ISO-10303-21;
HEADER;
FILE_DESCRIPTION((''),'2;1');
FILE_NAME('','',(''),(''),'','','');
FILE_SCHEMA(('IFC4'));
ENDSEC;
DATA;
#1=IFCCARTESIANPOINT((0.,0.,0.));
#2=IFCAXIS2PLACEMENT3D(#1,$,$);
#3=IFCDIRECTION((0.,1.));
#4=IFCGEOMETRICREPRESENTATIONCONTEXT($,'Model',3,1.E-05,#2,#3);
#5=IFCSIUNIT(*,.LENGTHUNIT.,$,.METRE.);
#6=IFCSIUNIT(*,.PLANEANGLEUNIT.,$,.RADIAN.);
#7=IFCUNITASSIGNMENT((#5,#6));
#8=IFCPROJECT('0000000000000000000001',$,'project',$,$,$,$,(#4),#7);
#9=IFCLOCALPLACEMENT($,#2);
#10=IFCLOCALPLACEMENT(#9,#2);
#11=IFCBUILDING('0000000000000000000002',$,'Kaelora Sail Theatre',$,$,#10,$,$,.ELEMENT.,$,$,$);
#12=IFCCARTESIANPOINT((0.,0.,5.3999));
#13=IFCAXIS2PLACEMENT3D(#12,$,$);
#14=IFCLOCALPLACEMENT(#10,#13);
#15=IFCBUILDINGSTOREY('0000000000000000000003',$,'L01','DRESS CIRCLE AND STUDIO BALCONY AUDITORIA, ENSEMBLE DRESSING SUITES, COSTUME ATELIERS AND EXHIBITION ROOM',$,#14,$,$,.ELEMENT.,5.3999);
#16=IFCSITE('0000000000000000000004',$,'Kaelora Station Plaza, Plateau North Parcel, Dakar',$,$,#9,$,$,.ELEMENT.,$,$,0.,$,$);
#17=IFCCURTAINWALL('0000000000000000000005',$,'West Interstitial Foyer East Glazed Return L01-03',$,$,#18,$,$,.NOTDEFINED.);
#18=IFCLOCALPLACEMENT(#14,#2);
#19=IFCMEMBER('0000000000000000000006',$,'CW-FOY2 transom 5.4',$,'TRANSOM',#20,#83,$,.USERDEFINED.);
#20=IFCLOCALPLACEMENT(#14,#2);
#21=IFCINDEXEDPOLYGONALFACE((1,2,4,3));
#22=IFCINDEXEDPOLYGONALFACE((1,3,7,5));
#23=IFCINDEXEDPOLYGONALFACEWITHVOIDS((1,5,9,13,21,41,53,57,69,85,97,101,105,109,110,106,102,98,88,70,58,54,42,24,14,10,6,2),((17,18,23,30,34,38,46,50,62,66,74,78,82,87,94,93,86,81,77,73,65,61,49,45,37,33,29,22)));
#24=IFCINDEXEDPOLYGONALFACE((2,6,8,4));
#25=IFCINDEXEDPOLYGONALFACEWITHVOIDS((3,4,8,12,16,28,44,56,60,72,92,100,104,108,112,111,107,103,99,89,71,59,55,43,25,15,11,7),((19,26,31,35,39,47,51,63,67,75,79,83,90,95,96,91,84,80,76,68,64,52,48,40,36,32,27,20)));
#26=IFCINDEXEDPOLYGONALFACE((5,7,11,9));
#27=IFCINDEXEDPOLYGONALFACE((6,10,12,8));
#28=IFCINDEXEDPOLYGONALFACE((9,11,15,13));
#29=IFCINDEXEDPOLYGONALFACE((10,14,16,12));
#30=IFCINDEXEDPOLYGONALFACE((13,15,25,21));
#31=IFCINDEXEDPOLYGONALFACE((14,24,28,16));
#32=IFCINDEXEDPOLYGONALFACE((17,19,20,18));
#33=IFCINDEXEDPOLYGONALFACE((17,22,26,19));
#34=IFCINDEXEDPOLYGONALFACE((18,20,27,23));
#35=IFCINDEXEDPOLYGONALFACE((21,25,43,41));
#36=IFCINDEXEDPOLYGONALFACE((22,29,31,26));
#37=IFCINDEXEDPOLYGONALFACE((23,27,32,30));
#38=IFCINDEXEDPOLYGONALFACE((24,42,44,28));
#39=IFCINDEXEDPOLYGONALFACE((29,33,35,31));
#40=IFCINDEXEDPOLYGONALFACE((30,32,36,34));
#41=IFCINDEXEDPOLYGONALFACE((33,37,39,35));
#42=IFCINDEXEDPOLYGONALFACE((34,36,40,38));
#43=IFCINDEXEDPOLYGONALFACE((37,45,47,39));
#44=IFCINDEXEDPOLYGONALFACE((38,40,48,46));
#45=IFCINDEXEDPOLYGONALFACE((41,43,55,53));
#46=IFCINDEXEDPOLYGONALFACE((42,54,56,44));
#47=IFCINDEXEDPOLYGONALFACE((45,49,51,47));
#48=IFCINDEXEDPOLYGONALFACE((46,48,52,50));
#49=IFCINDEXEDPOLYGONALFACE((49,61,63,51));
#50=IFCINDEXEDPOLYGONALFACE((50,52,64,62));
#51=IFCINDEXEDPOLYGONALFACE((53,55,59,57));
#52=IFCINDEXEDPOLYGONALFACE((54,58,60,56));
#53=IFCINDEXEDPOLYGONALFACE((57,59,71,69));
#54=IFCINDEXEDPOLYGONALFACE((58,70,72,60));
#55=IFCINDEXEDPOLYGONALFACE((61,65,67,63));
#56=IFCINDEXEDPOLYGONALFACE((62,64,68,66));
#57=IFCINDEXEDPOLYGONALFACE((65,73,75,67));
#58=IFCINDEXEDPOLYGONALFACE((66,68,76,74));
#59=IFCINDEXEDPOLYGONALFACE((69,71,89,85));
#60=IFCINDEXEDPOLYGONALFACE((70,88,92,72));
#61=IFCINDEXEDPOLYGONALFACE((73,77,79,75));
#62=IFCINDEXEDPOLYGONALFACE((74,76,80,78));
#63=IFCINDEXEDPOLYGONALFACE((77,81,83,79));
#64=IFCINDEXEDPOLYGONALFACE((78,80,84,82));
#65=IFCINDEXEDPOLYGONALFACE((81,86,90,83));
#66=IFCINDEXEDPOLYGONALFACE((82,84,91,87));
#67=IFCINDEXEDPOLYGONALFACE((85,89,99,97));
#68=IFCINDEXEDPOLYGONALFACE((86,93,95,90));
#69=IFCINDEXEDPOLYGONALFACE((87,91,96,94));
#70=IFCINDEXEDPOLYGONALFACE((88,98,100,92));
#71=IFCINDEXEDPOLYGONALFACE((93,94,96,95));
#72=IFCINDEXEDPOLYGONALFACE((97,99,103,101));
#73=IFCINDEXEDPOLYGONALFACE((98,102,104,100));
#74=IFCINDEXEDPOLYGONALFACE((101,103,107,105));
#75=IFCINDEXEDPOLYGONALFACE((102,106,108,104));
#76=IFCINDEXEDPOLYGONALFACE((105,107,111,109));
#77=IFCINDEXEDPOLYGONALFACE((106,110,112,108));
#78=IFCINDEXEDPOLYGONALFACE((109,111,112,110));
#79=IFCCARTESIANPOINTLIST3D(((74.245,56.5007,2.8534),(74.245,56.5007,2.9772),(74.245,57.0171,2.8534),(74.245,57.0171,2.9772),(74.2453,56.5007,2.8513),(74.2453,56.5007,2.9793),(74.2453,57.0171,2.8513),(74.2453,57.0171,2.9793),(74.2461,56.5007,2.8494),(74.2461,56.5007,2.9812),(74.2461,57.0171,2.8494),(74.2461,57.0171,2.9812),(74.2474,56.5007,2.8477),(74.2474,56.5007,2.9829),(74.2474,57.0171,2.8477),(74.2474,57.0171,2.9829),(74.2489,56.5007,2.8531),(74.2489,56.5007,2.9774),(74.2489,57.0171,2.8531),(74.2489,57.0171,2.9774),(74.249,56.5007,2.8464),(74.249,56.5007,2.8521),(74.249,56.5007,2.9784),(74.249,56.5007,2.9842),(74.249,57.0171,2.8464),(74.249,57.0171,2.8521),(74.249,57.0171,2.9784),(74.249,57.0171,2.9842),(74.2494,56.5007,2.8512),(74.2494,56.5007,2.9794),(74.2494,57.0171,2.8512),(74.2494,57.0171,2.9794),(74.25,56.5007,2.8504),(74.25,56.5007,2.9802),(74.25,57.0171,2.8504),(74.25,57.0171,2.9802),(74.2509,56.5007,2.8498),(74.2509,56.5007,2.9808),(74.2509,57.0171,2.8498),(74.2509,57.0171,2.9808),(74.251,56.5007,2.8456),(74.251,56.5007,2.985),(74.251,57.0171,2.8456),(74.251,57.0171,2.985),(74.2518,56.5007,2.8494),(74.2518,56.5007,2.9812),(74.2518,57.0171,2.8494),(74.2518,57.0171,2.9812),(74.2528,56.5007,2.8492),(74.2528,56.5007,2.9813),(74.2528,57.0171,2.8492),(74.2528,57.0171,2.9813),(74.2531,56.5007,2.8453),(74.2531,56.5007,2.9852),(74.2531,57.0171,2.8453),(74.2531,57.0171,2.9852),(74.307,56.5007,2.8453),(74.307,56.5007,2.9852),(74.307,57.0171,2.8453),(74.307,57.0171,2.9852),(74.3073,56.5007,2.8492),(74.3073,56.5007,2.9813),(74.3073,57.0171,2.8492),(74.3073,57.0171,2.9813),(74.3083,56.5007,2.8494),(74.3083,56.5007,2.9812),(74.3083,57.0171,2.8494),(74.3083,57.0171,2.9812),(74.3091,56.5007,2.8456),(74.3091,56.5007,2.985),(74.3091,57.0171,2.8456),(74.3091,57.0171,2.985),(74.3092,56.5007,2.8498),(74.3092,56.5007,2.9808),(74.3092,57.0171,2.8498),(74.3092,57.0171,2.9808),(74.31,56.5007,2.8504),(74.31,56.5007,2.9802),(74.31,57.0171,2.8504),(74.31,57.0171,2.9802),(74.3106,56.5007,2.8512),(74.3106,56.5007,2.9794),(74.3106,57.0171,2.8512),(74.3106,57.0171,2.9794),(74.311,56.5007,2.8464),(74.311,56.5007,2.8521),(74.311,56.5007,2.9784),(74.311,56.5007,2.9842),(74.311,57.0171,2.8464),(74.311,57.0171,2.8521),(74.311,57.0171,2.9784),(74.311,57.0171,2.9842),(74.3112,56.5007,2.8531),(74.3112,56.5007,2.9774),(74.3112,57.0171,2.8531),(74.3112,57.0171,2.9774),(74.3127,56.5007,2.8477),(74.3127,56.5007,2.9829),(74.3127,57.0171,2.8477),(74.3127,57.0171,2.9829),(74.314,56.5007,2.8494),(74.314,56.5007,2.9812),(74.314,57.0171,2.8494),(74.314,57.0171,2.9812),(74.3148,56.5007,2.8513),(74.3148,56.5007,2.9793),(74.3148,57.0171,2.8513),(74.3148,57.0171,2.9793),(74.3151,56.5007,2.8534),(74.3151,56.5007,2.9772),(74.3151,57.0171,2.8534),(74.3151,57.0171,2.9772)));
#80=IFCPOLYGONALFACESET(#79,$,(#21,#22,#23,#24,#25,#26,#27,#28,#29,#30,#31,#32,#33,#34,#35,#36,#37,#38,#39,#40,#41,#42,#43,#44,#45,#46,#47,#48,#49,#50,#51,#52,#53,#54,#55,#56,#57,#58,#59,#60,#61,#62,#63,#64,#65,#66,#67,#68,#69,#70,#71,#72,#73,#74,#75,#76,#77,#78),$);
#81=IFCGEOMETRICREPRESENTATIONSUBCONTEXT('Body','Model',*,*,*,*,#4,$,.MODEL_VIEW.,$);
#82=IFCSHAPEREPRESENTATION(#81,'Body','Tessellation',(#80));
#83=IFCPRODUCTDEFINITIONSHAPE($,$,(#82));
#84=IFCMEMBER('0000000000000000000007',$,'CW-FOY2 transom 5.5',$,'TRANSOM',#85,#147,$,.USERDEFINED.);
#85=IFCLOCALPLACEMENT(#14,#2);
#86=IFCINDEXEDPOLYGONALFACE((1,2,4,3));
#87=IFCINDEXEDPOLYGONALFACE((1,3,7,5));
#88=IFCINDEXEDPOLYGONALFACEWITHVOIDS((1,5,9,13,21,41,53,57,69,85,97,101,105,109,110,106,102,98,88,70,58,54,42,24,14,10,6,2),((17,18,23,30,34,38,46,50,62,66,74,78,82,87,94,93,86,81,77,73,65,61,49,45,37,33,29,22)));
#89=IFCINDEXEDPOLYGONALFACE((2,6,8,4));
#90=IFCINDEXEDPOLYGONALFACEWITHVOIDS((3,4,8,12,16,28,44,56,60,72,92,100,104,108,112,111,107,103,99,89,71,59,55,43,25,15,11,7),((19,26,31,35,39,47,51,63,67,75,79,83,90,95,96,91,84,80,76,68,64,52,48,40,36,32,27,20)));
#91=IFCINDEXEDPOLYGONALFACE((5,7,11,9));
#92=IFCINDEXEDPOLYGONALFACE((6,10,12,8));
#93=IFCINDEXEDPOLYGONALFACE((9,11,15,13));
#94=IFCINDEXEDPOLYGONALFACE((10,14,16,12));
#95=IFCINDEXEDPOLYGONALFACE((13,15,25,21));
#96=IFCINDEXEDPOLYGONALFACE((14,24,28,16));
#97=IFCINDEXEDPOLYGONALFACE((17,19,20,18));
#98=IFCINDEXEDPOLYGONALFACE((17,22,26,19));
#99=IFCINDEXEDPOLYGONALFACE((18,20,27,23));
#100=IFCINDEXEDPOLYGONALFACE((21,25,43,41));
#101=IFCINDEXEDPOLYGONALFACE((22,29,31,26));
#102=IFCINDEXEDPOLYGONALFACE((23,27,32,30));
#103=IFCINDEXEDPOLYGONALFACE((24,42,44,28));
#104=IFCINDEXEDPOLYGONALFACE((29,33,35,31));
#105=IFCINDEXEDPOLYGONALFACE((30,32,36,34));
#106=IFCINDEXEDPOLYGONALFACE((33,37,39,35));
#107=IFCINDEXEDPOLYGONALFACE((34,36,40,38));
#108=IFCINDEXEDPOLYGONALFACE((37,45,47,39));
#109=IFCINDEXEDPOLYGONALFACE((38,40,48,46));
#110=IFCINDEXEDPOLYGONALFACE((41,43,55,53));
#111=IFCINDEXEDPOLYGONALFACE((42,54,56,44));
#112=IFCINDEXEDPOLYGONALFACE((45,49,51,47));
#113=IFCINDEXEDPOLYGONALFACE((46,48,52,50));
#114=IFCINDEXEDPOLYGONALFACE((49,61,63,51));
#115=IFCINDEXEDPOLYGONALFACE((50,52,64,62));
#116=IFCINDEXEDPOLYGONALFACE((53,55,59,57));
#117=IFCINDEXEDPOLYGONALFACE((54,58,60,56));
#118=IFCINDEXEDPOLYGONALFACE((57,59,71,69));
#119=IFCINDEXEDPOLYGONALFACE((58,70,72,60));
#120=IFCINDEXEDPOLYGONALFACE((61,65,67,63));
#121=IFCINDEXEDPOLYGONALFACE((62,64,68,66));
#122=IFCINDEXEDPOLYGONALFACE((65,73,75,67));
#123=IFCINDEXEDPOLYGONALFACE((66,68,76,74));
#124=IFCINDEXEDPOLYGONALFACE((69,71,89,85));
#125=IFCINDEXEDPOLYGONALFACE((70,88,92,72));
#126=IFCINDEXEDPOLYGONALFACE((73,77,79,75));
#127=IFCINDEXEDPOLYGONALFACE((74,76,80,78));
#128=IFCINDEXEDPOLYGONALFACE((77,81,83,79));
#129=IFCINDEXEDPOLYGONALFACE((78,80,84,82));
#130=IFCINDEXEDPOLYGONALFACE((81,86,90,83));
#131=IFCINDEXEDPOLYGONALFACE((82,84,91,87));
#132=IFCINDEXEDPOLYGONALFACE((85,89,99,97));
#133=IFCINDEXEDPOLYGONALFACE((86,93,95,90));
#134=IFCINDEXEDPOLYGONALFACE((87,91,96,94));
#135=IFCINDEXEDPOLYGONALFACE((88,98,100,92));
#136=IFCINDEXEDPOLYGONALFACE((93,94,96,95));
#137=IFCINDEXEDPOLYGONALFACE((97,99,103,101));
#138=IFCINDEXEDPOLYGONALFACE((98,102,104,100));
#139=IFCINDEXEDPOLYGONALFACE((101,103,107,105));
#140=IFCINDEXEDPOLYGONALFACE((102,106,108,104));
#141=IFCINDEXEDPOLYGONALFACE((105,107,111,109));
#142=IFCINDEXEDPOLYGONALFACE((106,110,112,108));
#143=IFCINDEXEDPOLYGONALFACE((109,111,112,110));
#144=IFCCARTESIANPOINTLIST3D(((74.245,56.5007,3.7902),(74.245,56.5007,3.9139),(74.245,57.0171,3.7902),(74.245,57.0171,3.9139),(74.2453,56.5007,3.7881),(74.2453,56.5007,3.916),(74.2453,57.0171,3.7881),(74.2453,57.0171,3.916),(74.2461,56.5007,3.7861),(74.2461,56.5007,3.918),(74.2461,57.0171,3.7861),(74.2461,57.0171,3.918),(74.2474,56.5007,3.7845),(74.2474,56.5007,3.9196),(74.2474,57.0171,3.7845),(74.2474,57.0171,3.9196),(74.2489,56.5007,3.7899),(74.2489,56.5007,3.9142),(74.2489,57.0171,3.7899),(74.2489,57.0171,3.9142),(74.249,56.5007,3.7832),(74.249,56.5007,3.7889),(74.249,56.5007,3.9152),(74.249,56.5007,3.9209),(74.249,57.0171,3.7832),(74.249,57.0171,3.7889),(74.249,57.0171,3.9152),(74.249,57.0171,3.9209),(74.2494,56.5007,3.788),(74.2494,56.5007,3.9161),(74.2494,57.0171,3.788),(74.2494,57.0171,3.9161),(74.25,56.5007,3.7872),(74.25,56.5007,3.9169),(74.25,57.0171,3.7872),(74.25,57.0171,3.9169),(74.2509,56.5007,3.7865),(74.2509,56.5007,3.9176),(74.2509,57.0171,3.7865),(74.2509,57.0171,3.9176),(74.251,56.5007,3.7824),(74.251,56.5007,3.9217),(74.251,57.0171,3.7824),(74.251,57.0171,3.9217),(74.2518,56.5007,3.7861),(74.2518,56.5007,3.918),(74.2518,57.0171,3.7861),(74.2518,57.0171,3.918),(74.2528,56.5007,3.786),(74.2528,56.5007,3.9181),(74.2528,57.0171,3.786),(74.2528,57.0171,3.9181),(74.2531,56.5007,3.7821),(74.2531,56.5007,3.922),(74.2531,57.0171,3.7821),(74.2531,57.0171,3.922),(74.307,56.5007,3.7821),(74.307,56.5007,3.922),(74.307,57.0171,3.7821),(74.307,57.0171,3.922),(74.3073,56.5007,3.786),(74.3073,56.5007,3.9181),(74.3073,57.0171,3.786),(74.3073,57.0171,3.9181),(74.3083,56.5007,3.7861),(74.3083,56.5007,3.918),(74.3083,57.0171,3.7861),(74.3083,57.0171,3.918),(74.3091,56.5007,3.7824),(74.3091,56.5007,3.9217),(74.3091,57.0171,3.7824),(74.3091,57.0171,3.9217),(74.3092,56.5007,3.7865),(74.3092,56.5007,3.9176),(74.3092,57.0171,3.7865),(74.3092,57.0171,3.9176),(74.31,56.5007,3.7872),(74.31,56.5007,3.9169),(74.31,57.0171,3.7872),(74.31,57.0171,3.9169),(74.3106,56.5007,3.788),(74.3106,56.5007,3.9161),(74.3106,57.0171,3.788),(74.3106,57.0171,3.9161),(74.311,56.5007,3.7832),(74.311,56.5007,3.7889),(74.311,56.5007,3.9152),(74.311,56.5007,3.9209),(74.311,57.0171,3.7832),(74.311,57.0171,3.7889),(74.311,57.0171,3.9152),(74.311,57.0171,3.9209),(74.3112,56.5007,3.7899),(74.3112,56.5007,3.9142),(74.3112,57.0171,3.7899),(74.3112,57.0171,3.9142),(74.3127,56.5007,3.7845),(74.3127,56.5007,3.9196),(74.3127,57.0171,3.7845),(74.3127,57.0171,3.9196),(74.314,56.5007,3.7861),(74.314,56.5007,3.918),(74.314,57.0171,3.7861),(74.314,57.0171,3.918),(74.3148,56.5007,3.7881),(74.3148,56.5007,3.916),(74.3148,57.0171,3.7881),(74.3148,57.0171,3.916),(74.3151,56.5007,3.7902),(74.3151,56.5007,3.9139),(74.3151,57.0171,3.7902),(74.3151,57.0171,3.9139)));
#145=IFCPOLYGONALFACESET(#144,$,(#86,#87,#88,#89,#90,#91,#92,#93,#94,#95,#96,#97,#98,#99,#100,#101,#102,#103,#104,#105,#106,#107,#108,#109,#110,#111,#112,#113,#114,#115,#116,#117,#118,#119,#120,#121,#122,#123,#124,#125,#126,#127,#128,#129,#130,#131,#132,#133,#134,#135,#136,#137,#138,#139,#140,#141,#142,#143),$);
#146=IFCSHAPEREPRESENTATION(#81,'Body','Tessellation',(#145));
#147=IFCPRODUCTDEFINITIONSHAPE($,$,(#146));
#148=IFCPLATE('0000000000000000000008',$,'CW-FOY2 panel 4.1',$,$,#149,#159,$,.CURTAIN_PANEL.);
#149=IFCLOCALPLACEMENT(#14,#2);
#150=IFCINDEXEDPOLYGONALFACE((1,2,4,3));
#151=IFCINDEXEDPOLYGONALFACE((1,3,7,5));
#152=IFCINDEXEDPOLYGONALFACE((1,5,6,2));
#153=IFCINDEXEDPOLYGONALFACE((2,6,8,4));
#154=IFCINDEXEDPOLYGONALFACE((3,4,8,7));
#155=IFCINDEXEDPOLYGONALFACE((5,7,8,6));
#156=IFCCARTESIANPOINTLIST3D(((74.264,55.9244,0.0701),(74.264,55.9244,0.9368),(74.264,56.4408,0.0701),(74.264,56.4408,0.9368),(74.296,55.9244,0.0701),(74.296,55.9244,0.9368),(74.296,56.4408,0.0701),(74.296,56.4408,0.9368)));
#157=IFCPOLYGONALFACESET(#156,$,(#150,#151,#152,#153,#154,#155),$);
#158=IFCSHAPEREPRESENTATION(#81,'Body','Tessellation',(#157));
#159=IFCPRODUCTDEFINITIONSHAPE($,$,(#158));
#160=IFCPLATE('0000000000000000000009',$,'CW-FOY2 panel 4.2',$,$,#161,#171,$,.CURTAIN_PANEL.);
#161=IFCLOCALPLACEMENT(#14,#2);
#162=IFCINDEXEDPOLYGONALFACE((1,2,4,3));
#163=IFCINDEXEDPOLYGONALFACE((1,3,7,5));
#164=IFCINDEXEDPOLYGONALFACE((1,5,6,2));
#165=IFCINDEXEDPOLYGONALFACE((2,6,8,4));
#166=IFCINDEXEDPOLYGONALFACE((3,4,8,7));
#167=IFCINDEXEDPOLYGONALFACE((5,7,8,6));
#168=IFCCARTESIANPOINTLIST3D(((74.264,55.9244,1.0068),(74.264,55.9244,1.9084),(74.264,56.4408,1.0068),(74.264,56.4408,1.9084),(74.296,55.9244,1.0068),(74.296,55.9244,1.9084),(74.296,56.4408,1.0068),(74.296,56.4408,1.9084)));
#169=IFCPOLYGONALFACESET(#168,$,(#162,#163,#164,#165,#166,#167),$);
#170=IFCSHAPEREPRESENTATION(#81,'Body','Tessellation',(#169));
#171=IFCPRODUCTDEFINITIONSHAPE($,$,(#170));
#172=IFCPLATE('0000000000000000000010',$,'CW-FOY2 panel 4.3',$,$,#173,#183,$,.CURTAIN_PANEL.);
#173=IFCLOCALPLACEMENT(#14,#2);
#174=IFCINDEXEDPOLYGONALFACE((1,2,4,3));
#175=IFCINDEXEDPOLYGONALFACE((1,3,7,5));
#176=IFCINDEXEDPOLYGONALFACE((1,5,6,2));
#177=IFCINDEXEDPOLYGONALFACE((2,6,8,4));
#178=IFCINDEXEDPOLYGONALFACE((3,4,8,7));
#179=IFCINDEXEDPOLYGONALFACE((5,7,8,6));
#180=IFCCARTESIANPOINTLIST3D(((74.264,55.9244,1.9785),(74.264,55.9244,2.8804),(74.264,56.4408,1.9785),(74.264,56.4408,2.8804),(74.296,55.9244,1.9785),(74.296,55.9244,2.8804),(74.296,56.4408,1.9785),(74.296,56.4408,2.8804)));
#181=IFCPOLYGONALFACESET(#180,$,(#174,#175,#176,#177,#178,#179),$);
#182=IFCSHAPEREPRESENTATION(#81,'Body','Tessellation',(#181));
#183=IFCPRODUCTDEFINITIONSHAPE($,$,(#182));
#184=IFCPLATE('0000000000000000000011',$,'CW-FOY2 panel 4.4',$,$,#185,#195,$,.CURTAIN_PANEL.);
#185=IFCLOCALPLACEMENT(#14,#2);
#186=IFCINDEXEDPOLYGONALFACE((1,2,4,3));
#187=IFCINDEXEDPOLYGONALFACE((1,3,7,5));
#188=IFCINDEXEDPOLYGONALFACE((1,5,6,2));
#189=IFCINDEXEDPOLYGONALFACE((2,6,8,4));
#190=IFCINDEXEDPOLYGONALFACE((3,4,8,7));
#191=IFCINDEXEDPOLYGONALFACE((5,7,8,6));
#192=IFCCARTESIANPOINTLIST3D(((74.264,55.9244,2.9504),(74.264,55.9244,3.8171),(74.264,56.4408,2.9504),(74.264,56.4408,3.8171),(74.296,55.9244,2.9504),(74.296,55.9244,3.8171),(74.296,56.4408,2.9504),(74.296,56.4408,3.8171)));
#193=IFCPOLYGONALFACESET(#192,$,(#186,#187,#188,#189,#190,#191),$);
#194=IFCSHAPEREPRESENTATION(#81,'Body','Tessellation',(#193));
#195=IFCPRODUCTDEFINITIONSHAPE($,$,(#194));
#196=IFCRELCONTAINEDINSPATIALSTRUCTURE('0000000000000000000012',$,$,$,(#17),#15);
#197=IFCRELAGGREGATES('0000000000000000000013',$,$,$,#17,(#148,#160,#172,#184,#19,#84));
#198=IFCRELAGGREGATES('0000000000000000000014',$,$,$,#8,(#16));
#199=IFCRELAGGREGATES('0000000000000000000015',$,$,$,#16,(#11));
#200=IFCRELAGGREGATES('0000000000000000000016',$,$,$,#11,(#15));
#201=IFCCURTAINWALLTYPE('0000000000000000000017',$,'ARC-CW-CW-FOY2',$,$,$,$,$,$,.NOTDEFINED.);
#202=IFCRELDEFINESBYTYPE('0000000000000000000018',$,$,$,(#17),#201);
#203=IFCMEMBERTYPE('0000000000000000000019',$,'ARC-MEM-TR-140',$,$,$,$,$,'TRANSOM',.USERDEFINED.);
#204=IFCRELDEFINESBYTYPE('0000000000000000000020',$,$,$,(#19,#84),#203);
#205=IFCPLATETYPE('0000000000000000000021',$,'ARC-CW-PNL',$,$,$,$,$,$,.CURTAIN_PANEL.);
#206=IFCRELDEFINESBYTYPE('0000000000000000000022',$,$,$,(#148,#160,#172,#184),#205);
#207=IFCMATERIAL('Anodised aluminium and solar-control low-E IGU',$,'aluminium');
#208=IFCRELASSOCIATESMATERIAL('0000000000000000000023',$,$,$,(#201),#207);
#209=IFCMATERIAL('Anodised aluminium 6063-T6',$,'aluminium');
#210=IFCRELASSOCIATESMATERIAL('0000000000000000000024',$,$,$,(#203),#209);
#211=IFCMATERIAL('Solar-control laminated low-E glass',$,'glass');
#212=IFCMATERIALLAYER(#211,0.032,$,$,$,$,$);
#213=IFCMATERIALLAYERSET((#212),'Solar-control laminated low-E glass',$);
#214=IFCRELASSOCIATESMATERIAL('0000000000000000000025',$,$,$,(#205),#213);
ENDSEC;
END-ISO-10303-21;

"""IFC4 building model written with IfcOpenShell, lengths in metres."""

from ifc_helpers import new_model, si_unit, direction, frame, origin, origin_2d, place, context, subcontext, project, spatial, rectangle, hollow_rectangle, extrude, material, layer, layer_set, material_profile, profile_set, type_object, element, aggregate, save


model = new_model("IFC4")

# Units and contexts
model_context = context("Model", 3, precision=1e-05, world=origin(), true_north=direction((0.0, 1.0)))
body_context = subcontext(model_context, "Body", "Model", "MODEL_VIEW")
ifc_project = project(units=[si_unit("LENGTHUNIT", "METRE"), si_unit("PLANEANGLEUNIT", "RADIAN")], contexts=[model_context])

# Site, building, storey
site_placement = place(None, origin())
site = spatial("IfcSite", under=ifc_project, at=site_placement, Name="Kaelora Station Plaza, Plateau North Parcel, Dakar", CompositionType="ELEMENT", RefElevation=0.0)
building_placement = place(site_placement, origin())
building = spatial("IfcBuilding", under=site, at=building_placement, Name="Kaelora Sail Theatre", CompositionType="ELEMENT")
storey_placement = place(building_placement, frame((0.0, 0.0, 5.3999)))
storey = spatial("IfcBuildingStorey", under=building, at=storey_placement, Name="L01", Description="DRESS CIRCLE AND STUDIO BALCONY AUDITORIA, ENSEMBLE DRESSING SUITES, COSTUME ATELIERS AND EXHIBITION ROOM", CompositionType="ELEMENT", Elevation=5.3999)

# Curtain wall, members, plates
ifc_material_1 = material(Name="Anodised aluminium and solar-control low-E IGU", Category="aluminium")
curtain_wall_type = type_object("IfcCurtainWallType", Name="ARC-CW-CW-FOY2", PredefinedType="NOTDEFINED", material=ifc_material_1)
curtain_wall_placement = place(storey_placement, origin())
curtain_wall = element("IfcCurtainWall", 1, at=curtain_wall_placement, inside=storey, type_object=curtain_wall_type, Name="West Interstitial Foyer East Glazed Return L01-03", PredefinedType="NOTDEFINED")
ifc_material_2 = material(Name="Anodised aluminium 6063-T6", Category="aluminium")
ifc_material_profile_1 = material_profile(ifc_material_2, hollow_rectangle(XDim=0.0701, YDim=0.1399, WallThickness=0.0039, InnerFilletRadius=0.0039, OuterFilletRadius=0.0081, at=origin_2d()), Name="ALU-TRAN 70x140x4")
ifc_profile_set_1 = profile_set([ifc_material_profile_1], Name="Anodised aluminium 6063-T6")
member_type_1 = type_object("IfcMemberType", Name="ARC-MEM-TR-140", ElementType="TRANSOM", PredefinedType="USERDEFINED", material=ifc_profile_set_1)
member_1_placement = place(storey_placement, frame((74.28, 56.5007, 2.9153), z_axis=(0.0, 1.0, 0.0), x_axis=(-1.0, 0.0, 0.0)))
member_1 = element("IfcMember", 2, at=member_1_placement, type_object=member_type_1, Name="CW-FOY2 transom 5.4", ObjectType="TRANSOM", PredefinedType="USERDEFINED", context=body_context, shape_type="SweptSolid", body=[
    extrude(hollow_rectangle(XDim=0.0701, YDim=0.1399, WallThickness=0.0039, InnerFilletRadius=0.0039, OuterFilletRadius=0.0081, at=origin_2d()), origin(), (0.0, 0.0, 1.0), 0.5164),
])
member_2_placement = place(storey_placement, frame((74.28, 56.5007, 3.8521), z_axis=(0.0, 1.0, 0.0), x_axis=(-1.0, 0.0, 0.0)))
member_2 = element("IfcMember", 3, at=member_2_placement, type_object=member_type_1, Name="CW-FOY2 transom 5.5", ObjectType="TRANSOM", PredefinedType="USERDEFINED", context=body_context, shape_type="SweptSolid", body=[
    extrude(hollow_rectangle(XDim=0.0701, YDim=0.1399, WallThickness=0.0039, InnerFilletRadius=0.0039, OuterFilletRadius=0.0081, at=origin_2d()), origin(), (0.0, 0.0, 1.0), 0.5164),
])
ifc_material_3 = material(Name="Solar-control laminated low-E glass", Category="glass")
ifc_layer_1 = layer(ifc_material_3, 0.032)
ifc_layer_set_1 = layer_set([ifc_layer_1], Name="Solar-control laminated low-E glass")
plate_type = type_object("IfcPlateType", Name="ARC-CW-PNL", PredefinedType="CURTAIN_PANEL", material=ifc_layer_set_1)
plate_1_placement = place(storey_placement, frame((74.28, 56.1826, 0.0701), z_axis=(0.0, 0.0, 1.0), x_axis=(0.0, 1.0, 0.0)))
plate_1 = element("IfcPlate", 4, at=plate_1_placement, type_object=plate_type, Name="CW-FOY2 panel 4.1", PredefinedType="CURTAIN_PANEL", context=body_context, shape_type="SweptSolid", body=[
    extrude(rectangle(XDim=0.5164, YDim=0.032, at=origin_2d()), origin(), (0.0, 0.0, 1.0), 0.8667),
])
plate_2_placement = place(storey_placement, frame((74.28, 56.1826, 1.0068), z_axis=(0.0, 0.0, 1.0), x_axis=(0.0, 1.0, 0.0)))
plate_2 = element("IfcPlate", 5, at=plate_2_placement, type_object=plate_type, Name="CW-FOY2 panel 4.2", PredefinedType="CURTAIN_PANEL", context=body_context, shape_type="SweptSolid", body=[
    extrude(rectangle(XDim=0.5164, YDim=0.032, at=origin_2d()), origin(), (0.0, 0.0, 1.0), 0.9016),
])
plate_3_placement = place(storey_placement, frame((74.28, 56.1826, 1.9785), z_axis=(0.0, 0.0, 1.0), x_axis=(0.0, 1.0, 0.0)))
plate_3 = element("IfcPlate", 6, at=plate_3_placement, type_object=plate_type, Name="CW-FOY2 panel 4.3", PredefinedType="CURTAIN_PANEL", context=body_context, shape_type="SweptSolid", body=[
    extrude(rectangle(XDim=0.5164, YDim=0.032, at=origin_2d()), origin(), (0.0, 0.0, 1.0), 0.9019),
])
plate_4_placement = place(storey_placement, frame((74.28, 56.1826, 2.9504), z_axis=(0.0, 0.0, 1.0), x_axis=(0.0, 1.0, 0.0)))
plate_4 = element("IfcPlate", 7, at=plate_4_placement, type_object=plate_type, Name="CW-FOY2 panel 4.4", PredefinedType="CURTAIN_PANEL", context=body_context, shape_type="SweptSolid", body=[
    extrude(rectangle(XDim=0.5164, YDim=0.032, at=origin_2d()), origin(), (0.0, 0.0, 1.0), 0.8667),
])
aggregate(curtain_wall, [plate_1, plate_2, plate_3, plate_4, member_1, member_2])

save(model, "model.ifc")
